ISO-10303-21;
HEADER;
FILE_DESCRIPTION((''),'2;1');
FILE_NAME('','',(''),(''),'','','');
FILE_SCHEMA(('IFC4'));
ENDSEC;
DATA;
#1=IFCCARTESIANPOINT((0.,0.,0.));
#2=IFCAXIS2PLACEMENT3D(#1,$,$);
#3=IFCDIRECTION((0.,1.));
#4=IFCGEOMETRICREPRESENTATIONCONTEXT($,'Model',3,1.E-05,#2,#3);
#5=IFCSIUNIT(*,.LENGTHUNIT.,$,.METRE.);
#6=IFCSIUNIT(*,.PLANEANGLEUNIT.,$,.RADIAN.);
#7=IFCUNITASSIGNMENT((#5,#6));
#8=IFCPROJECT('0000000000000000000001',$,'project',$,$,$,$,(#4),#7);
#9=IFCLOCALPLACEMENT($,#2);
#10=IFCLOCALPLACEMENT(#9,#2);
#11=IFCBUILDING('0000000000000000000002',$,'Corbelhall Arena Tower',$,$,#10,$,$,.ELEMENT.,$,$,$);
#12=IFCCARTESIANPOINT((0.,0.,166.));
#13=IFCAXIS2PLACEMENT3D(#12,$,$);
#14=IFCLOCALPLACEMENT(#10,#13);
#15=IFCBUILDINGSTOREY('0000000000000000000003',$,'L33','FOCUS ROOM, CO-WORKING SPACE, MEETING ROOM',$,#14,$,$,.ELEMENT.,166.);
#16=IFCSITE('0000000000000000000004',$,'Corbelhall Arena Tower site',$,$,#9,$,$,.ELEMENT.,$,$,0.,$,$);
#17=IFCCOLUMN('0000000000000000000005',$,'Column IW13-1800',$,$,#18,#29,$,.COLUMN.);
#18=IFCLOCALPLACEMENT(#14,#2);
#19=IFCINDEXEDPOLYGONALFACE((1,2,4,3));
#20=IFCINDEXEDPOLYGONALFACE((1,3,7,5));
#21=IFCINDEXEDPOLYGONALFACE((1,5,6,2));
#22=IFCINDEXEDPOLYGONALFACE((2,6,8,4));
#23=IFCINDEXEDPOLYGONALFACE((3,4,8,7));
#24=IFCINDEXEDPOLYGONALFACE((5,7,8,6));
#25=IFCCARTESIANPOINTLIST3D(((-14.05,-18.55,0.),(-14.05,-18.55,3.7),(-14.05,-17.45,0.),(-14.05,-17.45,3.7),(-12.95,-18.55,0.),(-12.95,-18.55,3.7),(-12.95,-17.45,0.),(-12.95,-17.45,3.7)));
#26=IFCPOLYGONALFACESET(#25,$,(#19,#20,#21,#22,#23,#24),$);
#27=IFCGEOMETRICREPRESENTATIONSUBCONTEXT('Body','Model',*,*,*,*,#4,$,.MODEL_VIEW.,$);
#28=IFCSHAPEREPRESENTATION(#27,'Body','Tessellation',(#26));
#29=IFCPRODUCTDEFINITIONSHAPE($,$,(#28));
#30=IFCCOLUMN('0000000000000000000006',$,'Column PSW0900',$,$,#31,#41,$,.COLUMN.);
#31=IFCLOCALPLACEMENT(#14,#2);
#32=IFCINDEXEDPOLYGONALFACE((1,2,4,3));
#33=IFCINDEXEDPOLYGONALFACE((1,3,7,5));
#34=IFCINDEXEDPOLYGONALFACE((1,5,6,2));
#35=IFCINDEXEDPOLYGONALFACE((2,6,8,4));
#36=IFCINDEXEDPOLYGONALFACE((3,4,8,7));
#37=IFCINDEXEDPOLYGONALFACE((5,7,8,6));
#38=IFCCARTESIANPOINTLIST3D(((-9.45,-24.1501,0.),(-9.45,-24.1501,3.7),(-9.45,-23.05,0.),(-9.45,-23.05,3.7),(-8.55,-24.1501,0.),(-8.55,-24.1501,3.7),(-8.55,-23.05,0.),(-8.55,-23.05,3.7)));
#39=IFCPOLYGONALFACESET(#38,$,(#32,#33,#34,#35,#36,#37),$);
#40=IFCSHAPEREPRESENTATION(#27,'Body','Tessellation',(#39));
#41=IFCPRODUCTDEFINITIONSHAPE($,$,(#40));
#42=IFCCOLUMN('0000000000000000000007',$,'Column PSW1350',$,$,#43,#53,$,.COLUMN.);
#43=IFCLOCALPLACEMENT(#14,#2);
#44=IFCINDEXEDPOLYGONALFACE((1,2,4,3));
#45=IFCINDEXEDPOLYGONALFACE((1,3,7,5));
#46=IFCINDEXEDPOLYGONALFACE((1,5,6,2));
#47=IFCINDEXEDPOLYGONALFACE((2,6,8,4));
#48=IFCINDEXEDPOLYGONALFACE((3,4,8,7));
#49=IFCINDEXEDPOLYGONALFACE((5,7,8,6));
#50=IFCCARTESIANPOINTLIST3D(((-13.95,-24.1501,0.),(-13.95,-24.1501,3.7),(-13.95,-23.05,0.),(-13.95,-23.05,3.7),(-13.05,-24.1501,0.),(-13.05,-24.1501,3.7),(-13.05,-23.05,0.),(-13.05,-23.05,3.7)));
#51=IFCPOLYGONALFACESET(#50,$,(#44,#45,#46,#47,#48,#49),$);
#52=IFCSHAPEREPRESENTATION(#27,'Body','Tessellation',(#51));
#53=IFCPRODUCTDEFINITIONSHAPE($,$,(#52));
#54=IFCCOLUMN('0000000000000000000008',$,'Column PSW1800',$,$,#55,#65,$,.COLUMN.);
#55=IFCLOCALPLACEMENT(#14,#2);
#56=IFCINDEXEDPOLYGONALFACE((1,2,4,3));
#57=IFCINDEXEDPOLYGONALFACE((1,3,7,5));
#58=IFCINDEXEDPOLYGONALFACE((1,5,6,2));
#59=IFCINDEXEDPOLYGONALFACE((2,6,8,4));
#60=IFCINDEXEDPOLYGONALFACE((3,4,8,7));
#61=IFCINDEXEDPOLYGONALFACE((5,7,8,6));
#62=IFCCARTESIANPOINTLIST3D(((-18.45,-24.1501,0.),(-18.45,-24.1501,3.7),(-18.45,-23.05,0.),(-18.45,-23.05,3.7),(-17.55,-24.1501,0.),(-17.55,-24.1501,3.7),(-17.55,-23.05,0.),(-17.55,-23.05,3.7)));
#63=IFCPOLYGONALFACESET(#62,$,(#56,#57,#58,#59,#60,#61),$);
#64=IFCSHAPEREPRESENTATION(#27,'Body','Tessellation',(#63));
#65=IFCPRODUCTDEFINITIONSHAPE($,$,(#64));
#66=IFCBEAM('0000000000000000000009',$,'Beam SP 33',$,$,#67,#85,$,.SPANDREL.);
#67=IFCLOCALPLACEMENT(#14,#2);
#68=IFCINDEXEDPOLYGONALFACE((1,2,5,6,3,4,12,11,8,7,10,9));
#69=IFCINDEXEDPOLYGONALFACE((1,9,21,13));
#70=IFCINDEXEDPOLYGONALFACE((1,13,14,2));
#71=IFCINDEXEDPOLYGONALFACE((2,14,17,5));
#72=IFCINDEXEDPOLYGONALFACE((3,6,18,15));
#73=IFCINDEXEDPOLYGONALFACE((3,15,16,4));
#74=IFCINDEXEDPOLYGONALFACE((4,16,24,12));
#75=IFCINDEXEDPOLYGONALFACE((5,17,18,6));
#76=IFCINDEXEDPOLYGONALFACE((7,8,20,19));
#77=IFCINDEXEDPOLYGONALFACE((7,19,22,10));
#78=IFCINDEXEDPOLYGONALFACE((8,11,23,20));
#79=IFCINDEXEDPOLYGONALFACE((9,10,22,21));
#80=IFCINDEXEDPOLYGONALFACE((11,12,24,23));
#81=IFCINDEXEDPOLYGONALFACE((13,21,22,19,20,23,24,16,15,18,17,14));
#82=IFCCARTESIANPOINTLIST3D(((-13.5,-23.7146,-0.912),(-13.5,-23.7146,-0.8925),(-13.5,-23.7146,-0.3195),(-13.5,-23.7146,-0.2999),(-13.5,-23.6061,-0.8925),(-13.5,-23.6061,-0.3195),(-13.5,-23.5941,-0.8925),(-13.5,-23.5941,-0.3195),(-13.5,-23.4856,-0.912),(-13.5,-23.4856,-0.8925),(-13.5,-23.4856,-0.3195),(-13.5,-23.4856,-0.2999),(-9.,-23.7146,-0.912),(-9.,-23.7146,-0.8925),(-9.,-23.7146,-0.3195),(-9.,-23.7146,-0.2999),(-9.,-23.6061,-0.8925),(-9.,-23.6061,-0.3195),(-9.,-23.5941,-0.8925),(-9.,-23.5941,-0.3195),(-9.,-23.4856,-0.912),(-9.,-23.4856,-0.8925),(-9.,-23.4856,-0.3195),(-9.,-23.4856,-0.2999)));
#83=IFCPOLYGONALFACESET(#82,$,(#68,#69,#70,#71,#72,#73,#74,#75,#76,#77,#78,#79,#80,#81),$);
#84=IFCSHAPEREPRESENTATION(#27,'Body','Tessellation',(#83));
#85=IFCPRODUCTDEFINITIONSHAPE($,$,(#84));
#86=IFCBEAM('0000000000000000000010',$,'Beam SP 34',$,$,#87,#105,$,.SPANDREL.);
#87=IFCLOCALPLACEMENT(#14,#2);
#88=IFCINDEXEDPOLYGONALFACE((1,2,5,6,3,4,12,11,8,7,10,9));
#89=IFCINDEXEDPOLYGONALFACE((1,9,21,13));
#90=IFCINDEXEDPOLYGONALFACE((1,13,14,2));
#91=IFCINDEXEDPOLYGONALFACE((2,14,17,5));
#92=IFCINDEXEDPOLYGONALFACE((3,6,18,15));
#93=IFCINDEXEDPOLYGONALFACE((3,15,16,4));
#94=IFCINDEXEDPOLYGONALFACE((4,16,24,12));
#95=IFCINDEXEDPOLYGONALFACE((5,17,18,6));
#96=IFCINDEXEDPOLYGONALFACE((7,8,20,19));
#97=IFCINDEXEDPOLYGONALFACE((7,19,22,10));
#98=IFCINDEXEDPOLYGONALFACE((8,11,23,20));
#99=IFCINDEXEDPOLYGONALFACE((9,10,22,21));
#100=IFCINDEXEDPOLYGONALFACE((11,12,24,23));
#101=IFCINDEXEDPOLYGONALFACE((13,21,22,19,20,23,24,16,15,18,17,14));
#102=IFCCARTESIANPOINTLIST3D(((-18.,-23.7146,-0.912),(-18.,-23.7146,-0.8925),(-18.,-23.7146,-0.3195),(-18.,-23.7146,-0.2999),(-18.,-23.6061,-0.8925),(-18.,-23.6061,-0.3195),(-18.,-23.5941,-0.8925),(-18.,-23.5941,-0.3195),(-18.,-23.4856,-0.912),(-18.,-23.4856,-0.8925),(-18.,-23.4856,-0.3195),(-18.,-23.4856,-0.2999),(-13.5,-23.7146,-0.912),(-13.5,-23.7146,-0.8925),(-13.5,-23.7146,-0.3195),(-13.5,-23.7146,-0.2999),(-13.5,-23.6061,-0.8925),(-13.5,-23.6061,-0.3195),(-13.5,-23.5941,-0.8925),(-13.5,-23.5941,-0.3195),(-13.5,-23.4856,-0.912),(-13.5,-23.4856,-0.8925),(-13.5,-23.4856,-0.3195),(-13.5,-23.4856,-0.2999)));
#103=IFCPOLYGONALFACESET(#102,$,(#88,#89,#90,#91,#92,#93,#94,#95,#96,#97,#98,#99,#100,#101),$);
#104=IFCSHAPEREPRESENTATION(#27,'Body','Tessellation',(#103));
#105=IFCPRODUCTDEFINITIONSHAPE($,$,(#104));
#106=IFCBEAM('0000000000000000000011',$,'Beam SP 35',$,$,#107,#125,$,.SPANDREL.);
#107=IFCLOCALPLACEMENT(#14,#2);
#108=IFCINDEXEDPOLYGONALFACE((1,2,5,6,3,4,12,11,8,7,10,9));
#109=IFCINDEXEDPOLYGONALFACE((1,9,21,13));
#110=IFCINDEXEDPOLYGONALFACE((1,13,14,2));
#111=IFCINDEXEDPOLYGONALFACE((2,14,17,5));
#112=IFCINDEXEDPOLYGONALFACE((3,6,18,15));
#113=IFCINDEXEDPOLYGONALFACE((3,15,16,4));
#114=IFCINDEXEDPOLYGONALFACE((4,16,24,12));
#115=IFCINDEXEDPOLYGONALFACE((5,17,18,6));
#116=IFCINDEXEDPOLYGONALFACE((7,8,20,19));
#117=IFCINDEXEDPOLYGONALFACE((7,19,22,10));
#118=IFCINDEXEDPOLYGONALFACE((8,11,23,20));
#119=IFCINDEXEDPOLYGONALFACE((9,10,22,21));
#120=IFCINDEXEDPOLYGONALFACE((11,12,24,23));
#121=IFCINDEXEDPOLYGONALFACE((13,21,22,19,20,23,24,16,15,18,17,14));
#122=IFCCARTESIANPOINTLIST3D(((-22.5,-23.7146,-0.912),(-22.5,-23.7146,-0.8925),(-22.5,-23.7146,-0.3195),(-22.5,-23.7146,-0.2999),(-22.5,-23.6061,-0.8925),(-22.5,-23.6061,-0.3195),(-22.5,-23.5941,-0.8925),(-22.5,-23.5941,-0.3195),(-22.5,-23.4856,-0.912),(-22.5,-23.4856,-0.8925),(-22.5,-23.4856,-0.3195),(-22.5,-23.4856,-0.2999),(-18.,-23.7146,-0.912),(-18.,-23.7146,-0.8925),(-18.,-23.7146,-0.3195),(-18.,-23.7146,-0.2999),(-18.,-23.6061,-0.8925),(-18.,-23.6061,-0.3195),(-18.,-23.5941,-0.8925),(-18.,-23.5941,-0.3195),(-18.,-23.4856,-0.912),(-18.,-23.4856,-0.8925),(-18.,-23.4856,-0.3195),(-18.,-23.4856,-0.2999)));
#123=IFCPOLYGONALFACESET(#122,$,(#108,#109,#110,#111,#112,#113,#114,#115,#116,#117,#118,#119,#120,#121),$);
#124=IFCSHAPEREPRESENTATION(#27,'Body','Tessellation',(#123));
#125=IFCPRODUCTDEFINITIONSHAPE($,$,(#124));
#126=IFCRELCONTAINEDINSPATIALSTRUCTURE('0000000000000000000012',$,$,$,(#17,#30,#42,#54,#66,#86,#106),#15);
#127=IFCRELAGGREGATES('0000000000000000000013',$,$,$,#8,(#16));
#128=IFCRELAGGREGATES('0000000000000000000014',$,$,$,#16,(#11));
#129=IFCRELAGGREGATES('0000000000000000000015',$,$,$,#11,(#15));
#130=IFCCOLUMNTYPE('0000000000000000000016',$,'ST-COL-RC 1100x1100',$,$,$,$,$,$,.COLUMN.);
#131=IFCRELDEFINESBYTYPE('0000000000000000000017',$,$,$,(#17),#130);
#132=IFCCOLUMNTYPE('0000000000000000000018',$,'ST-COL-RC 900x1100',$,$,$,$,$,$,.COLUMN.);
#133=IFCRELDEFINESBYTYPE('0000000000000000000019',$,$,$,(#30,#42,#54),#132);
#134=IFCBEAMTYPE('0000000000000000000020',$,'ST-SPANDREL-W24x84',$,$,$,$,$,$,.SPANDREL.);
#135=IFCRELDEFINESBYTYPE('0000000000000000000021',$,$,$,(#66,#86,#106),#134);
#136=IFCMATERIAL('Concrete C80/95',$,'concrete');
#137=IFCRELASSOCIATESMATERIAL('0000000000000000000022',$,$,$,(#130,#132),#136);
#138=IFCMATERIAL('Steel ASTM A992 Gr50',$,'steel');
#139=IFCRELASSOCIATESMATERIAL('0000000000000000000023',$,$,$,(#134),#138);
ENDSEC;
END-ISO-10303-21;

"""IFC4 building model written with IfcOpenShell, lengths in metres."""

from ifc_helpers import new_model, si_unit, direction, frame, origin, origin_2d, place, context, subcontext, project, spatial, rectangle, i_section, extrude, material, material_profile, profile_set, type_object, element, save


model = new_model("IFC4")

# Units and contexts
model_context = context("Model", 3, precision=1e-05, world=origin(), true_north=direction((0.0, 1.0)))
body_context = subcontext(model_context, "Body", "Model", "MODEL_VIEW")
ifc_project = project(units=[si_unit("LENGTHUNIT", "METRE"), si_unit("PLANEANGLEUNIT", "RADIAN")], contexts=[model_context])

# Site, building, storey
site_placement = place(None, origin())
site = spatial("IfcSite", under=ifc_project, at=site_placement, Name="Corbelhall Arena Tower site", CompositionType="ELEMENT", RefElevation=0.0)
building_placement = place(site_placement, origin())
building = spatial("IfcBuilding", under=site, at=building_placement, Name="Corbelhall Arena Tower", CompositionType="ELEMENT")
storey_placement = place(building_placement, frame((0.0, 0.0, 166.0)))
storey = spatial("IfcBuildingStorey", under=building, at=storey_placement, Name="L33", Description="FOCUS ROOM, CO-WORKING SPACE, MEETING ROOM", CompositionType="ELEMENT", Elevation=166.0)

# Columns
ifc_material_1 = material(Name="Concrete C80/95", Category="concrete")
ifc_material_profile_1 = material_profile(ifc_material_1, rectangle(XDim=1.1001, YDim=1.1001, at=origin_2d()))
ifc_profile_set_1 = profile_set([ifc_material_profile_1], Name="Concrete C80/95")
column_type_1 = type_object("IfcColumnType", Name="ST-COL-RC 1100x1100", PredefinedType="COLUMN", material=ifc_profile_set_1)
column_placement = place(storey_placement, frame((-13.5, -18.0, 0.0), z_axis=(0.0, 0.0, 1.0), x_axis=(1.0, 0.0, 0.0)))
element("IfcColumn", 1, at=column_placement, inside=storey, type_object=column_type_1, Name="Column IW13-1800", PredefinedType="COLUMN", context=body_context, shape_type="SweptSolid", body=[
    extrude(rectangle(XDim=1.1001, YDim=1.1001, at=origin_2d()), origin(), (0.0, 0.0, 1.0), 3.7),
])
ifc_material_profile_2 = material_profile(ifc_material_1, rectangle(XDim=0.8999, YDim=1.1001, at=origin_2d()))
ifc_profile_set_2 = profile_set([ifc_material_profile_2], Name="Concrete C80/95")
column_type_2 = type_object("IfcColumnType", Name="ST-COL-RC 900x1100", PredefinedType="COLUMN", material=ifc_profile_set_2)
for number, where, z_axis, x_axis, name in (
    (2, (-9.0, -23.6001, 0.0), (0.0, 0.0, 1.0), (1.0, 0.0, 0.0), "Column PSW0900"),
    (3, (-13.5, -23.6001, 0.0), (0.0, 0.0, 1.0), (1.0, 0.0, 0.0), "Column PSW1350"),
    (4, (-18.0, -23.6001, 0.0), (0.0, 0.0, 1.0), (1.0, 0.0, 0.0), "Column PSW1800"),
):
    element("IfcColumn", number, at=place(storey_placement, frame(where, z_axis=z_axis, x_axis=x_axis)), inside=storey, type_object=column_type_2, Name=name, PredefinedType="COLUMN", context=body_context, shape_type="SweptSolid", body=[
        extrude(rectangle(XDim=0.8999, YDim=1.1001, at=origin_2d()), origin(), (0.0, 0.0, 1.0), 3.7),
    ])

# Beams
ifc_material_2 = material(Name="Steel ASTM A992 Gr50", Category="steel")
ifc_material_profile_3 = material_profile(ifc_material_2, i_section(OverallWidth=0.229, OverallDepth=0.6121, WebThickness=0.012, FlangeThickness=0.0195, at=origin_2d()))
ifc_profile_set_3 = profile_set([ifc_material_profile_3], Name="Steel ASTM A992 Gr50")
beam_type = type_object("IfcBeamType", Name="ST-SPANDREL-W24x84", PredefinedType="SPANDREL", material=ifc_profile_set_3)
for number, where, z_axis, x_axis, name in (
    (5, (-9.0, -23.6001, -0.606), (-1.0, 0.0, 0.0), (0.0, -1.0, 0.0), "Beam SP 33"),
    (6, (-13.5, -23.6001, -0.606), (-1.0, 0.0, 0.0), (0.0, -1.0, 0.0), "Beam SP 34"),
    (7, (-18.0, -23.6001, -0.606), (-1.0, 0.0, 0.0), (0.0, -1.0, 0.0), "Beam SP 35"),
):
    element("IfcBeam", number, at=place(storey_placement, frame(where, z_axis=z_axis, x_axis=x_axis)), inside=storey, type_object=beam_type, Name=name, PredefinedType="SPANDREL", context=body_context, shape_type="SweptSolid", body=[
        extrude(i_section(OverallWidth=0.229, OverallDepth=0.6121, WebThickness=0.012, FlangeThickness=0.0195, at=origin_2d()), origin(), (0.0, 0.0, 1.0), 4.5),
    ])

save(model, "model.ifc")
